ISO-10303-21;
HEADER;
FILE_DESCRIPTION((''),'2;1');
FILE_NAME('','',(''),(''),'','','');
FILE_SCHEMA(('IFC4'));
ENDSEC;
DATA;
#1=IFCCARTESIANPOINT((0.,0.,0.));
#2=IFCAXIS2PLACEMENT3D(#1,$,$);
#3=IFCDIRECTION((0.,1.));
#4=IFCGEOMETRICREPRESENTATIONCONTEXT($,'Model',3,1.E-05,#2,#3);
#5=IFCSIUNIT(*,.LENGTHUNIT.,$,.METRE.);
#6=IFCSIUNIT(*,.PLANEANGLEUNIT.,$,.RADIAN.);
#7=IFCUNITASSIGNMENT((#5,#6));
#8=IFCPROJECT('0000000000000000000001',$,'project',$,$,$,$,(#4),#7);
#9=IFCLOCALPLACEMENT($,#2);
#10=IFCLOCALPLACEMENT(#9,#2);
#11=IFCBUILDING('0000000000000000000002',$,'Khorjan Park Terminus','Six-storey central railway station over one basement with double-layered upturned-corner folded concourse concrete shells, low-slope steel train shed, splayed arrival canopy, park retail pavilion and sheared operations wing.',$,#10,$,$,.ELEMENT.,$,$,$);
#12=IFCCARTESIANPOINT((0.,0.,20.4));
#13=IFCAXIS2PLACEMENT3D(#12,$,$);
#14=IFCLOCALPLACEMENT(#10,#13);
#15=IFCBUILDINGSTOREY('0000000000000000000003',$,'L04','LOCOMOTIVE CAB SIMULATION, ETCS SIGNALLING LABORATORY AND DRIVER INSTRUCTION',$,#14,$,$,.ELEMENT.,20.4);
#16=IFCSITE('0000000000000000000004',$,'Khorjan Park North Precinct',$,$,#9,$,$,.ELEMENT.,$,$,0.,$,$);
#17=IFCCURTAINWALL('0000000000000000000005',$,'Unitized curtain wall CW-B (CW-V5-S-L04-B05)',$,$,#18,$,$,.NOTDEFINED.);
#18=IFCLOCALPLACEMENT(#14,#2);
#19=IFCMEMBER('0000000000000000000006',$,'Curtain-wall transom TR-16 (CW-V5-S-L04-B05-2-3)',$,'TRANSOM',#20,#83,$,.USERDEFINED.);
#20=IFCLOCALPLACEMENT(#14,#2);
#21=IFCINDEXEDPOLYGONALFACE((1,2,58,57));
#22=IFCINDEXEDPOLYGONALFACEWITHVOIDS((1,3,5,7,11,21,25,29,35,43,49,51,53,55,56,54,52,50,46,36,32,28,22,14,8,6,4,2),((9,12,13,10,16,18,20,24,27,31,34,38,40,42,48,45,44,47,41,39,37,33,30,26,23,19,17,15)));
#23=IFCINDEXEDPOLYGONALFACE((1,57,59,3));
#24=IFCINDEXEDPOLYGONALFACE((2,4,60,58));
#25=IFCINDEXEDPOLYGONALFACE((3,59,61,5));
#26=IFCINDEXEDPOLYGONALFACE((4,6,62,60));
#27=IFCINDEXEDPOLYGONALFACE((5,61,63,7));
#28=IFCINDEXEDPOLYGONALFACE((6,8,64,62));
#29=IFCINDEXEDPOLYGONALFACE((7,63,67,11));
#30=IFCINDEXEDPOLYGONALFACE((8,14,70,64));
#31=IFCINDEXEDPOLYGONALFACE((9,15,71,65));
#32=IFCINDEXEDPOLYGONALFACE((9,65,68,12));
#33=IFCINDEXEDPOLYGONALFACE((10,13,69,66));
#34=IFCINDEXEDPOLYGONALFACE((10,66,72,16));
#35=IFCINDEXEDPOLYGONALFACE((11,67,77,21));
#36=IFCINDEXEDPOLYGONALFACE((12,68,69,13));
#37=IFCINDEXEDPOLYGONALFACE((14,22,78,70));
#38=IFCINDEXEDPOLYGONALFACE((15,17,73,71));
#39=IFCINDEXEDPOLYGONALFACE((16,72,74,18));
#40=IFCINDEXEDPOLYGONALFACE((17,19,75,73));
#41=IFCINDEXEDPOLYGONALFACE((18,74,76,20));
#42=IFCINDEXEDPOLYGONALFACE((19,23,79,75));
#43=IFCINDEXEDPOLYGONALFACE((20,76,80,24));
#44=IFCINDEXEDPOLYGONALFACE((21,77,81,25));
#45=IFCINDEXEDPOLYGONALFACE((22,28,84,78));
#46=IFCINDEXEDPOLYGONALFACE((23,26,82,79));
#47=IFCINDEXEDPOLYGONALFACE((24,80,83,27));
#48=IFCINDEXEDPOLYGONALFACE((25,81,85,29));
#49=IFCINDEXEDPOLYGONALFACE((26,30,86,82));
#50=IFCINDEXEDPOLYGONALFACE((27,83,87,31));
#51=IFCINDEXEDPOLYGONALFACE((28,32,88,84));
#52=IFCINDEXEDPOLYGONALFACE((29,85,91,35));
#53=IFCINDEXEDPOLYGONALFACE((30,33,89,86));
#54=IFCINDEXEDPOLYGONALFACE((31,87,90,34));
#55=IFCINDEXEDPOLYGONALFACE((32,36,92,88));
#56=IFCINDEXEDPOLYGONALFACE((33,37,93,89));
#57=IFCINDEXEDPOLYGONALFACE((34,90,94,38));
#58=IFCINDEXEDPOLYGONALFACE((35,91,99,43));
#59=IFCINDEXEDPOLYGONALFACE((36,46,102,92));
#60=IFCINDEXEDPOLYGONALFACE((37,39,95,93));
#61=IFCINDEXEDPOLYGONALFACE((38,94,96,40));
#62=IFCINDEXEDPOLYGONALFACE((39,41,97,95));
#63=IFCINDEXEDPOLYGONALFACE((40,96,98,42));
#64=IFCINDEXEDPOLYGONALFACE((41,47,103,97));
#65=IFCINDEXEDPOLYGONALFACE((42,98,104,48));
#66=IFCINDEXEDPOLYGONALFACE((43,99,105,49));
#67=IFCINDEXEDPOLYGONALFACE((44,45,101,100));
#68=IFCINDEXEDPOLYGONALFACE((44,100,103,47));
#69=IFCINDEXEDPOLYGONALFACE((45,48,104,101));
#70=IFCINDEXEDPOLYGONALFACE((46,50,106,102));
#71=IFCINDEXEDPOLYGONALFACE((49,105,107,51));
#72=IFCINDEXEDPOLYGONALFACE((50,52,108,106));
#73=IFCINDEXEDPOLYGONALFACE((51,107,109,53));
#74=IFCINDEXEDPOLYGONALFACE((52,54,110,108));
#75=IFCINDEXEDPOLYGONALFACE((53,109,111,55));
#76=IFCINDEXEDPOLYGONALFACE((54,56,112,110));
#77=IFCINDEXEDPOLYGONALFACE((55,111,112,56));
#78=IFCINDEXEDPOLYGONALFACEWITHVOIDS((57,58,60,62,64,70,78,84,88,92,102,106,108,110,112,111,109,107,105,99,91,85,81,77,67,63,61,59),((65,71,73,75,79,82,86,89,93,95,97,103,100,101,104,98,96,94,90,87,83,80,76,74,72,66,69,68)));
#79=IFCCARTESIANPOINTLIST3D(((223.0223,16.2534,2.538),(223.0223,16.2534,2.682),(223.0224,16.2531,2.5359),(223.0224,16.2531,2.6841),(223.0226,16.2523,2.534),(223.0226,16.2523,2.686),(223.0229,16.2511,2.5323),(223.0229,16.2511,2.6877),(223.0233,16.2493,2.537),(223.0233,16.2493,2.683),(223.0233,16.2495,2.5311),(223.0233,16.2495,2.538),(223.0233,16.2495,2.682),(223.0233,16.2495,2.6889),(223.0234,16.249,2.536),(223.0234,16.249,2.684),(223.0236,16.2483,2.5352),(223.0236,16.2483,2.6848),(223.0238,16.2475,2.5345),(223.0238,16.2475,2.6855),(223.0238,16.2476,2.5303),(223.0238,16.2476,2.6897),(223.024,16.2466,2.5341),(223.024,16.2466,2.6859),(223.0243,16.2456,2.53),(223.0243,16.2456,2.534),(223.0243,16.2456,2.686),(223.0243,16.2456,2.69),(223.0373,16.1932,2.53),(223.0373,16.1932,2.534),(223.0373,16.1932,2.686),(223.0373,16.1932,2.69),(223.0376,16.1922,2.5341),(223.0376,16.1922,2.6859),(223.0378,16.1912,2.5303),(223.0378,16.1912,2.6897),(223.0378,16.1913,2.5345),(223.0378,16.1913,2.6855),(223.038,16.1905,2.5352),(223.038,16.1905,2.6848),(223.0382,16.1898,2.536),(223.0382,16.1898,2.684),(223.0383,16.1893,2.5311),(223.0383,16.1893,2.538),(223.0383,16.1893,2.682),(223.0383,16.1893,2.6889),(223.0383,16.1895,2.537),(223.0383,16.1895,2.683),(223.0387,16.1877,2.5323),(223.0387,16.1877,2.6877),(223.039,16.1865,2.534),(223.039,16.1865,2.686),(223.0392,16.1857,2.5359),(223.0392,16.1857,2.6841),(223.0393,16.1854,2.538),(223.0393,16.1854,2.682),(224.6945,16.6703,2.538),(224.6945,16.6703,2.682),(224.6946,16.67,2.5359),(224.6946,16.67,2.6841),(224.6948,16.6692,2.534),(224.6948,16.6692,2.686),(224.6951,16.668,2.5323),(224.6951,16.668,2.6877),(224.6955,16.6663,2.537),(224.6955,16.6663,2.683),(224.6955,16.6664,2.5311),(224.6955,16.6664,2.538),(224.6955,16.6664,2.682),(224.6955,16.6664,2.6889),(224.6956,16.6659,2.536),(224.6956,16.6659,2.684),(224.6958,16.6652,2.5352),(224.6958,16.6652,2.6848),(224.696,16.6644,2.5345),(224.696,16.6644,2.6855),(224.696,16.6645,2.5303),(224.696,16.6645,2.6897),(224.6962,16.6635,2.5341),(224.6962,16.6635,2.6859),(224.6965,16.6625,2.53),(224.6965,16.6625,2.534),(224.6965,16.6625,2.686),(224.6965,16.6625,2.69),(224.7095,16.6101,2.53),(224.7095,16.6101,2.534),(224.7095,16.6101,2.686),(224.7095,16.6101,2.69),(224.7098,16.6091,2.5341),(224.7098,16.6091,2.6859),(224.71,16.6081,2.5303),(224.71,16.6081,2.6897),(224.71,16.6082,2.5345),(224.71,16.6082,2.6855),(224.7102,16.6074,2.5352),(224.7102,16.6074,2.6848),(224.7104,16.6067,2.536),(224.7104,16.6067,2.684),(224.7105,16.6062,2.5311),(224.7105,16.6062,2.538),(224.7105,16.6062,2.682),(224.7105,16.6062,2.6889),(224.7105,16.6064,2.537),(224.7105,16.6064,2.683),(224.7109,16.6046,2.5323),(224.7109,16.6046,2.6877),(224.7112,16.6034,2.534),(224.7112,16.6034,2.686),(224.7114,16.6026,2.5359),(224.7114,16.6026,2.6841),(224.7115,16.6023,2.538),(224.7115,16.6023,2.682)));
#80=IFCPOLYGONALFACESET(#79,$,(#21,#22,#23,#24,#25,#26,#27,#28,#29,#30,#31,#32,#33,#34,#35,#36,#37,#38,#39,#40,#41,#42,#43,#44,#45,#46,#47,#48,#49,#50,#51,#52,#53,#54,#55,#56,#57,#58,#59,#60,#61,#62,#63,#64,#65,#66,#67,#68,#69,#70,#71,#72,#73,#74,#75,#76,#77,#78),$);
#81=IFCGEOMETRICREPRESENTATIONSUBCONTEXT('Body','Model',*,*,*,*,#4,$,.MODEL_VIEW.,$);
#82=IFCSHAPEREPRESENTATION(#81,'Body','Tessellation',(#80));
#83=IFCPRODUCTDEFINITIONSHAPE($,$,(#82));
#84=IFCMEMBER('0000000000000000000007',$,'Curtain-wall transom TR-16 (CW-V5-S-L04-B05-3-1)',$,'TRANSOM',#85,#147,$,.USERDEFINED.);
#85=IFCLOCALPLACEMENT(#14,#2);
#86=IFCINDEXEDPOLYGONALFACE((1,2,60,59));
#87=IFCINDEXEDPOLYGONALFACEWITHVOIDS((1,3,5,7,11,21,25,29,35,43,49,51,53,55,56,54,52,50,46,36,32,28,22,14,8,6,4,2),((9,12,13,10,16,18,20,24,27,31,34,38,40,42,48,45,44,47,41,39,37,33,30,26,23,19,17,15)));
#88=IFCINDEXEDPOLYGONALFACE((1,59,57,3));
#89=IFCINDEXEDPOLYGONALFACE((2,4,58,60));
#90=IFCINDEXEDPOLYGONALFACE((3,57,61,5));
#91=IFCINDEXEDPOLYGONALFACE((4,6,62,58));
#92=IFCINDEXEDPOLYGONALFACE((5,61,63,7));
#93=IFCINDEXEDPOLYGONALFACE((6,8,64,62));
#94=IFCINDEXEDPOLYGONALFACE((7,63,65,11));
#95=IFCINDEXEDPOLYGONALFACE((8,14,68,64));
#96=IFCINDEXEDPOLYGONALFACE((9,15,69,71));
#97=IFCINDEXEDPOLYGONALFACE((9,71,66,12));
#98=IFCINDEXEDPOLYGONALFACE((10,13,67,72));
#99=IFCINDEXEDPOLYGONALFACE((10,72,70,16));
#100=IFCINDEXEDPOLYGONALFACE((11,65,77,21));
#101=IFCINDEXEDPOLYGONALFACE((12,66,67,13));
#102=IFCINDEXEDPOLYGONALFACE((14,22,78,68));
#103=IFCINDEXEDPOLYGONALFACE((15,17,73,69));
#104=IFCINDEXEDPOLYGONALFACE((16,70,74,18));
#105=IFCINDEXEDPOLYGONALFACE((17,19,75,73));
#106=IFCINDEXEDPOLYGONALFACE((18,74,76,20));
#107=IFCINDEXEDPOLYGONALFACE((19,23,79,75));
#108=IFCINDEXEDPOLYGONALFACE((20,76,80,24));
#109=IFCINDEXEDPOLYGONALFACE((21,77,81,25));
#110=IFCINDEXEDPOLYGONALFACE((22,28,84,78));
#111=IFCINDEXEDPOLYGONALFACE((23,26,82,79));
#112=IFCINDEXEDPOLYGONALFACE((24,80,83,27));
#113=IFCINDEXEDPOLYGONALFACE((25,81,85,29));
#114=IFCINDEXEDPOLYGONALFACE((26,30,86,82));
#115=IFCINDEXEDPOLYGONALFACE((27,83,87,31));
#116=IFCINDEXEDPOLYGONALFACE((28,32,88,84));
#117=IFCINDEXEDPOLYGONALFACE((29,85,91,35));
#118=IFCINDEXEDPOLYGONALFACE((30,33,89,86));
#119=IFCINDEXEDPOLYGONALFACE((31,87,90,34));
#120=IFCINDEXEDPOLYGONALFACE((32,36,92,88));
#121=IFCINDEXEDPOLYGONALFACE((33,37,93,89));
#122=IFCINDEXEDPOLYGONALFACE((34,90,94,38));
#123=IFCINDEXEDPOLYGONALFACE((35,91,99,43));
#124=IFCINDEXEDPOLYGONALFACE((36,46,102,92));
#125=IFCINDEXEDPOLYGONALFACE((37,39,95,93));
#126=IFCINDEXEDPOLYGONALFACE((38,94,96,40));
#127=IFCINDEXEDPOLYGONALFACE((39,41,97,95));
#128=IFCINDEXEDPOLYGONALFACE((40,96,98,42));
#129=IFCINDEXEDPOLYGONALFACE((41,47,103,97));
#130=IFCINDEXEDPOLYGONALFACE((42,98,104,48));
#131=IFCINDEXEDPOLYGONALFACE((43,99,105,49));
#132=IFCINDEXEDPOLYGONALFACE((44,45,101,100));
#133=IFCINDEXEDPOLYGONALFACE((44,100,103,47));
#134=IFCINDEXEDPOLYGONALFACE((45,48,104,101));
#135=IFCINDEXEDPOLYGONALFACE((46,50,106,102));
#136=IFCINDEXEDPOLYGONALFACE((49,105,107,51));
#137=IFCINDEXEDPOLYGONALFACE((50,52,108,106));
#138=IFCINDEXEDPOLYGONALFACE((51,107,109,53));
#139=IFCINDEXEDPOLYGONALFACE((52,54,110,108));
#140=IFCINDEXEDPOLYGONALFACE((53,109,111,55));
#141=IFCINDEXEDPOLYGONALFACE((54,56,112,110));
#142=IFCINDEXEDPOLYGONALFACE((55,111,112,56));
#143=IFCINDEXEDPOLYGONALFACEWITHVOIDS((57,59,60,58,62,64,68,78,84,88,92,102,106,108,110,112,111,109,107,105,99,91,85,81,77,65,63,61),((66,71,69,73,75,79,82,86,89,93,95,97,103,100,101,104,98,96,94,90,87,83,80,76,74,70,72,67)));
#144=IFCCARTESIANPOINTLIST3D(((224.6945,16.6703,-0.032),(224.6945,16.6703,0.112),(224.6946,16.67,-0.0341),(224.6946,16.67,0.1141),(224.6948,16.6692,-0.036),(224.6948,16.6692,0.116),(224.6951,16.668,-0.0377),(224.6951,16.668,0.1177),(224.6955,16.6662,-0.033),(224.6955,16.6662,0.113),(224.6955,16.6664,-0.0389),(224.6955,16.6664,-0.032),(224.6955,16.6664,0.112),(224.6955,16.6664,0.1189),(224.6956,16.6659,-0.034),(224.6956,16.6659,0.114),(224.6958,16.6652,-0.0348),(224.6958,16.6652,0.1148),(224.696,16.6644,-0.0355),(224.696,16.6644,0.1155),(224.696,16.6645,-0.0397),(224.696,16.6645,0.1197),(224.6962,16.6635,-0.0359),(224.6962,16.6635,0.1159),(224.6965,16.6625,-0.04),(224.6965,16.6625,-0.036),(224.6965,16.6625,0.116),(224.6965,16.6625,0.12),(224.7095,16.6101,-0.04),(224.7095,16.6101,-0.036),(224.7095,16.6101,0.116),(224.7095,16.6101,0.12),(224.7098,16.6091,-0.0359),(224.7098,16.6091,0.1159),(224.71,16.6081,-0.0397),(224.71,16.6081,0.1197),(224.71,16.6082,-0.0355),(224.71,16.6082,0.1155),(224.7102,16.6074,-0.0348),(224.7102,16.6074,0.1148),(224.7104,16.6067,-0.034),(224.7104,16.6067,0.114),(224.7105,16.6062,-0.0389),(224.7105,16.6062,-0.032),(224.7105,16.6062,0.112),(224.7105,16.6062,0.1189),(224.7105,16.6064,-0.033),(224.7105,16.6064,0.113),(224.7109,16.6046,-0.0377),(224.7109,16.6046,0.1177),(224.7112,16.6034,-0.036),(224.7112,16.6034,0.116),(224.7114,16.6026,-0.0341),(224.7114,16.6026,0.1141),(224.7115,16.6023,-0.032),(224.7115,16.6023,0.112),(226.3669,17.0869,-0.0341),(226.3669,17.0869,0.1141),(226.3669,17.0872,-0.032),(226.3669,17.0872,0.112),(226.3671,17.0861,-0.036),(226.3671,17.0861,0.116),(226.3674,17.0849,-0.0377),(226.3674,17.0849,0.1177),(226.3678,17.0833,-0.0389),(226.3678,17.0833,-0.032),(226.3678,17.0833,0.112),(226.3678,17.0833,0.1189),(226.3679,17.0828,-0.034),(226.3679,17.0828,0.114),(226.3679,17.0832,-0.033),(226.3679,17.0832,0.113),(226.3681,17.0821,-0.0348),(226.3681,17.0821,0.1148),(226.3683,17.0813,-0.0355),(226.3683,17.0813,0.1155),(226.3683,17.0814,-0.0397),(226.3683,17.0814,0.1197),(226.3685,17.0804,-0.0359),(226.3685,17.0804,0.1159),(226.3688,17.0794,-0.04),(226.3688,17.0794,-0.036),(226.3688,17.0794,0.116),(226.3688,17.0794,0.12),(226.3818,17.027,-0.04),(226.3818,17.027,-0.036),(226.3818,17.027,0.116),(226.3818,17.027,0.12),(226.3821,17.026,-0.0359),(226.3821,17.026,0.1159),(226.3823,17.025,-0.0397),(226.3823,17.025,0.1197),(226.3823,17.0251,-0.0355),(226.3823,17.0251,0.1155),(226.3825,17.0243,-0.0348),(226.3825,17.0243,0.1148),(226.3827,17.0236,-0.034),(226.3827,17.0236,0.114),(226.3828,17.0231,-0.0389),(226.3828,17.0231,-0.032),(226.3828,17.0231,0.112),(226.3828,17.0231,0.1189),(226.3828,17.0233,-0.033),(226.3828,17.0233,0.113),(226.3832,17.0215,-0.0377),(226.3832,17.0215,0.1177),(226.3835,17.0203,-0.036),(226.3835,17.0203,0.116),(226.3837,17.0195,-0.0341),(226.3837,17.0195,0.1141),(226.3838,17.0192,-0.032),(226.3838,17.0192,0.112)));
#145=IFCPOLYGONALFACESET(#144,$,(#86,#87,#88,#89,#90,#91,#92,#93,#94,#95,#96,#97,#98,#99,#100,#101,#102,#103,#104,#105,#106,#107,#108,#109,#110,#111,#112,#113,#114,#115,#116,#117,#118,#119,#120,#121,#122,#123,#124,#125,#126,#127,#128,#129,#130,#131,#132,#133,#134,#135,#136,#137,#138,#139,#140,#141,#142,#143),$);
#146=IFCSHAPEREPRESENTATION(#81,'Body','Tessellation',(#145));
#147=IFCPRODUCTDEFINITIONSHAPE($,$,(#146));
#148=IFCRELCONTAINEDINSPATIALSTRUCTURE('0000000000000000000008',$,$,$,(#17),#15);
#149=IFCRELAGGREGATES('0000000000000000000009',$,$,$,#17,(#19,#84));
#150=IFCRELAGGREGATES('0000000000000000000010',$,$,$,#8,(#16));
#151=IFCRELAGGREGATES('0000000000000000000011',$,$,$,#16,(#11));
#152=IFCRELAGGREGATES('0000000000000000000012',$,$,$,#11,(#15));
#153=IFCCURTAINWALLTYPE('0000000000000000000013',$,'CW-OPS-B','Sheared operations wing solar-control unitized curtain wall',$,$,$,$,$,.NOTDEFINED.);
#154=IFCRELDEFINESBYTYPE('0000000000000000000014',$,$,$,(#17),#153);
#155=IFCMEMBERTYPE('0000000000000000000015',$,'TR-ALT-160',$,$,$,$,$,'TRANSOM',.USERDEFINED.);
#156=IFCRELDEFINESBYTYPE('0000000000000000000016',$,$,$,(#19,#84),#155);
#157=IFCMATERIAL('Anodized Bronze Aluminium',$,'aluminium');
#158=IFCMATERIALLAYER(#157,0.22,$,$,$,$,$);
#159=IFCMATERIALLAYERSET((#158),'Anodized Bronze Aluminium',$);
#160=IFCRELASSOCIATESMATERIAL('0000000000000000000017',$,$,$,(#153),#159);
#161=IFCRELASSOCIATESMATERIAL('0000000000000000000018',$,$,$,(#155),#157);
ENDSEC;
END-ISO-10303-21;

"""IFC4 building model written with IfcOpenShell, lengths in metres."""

from ifc_helpers import new_model, si_unit, direction, frame, origin, origin_2d, place, context, subcontext, project, spatial, hollow_rectangle, extrude, material, layer, layer_set, material_profile, profile_set, type_object, element, aggregate, save


model = new_model("IFC4")

# Units and contexts
model_context = context("Model", 3, precision=1e-05, world=origin(), true_north=direction((0.0, 1.0)))
body_context = subcontext(model_context, "Body", "Model", "MODEL_VIEW")
ifc_project = project(units=[si_unit("LENGTHUNIT", "METRE"), si_unit("PLANEANGLEUNIT", "RADIAN")], contexts=[model_context])

# Site, building, storey
site_placement = place(None, origin())
site = spatial("IfcSite", under=ifc_project, at=site_placement, Name="Khorjan Park North Precinct", CompositionType="ELEMENT", RefElevation=0.0)
building_placement = place(site_placement, origin())
building = spatial("IfcBuilding", under=site, at=building_placement, Name="Khorjan Park Terminus", Description="Six-storey central railway station over one basement with double-layered upturned-corner folded concourse concrete shells, low-slope steel train shed, splayed arrival canopy, park retail pavilion and sheared operations wing.", CompositionType="ELEMENT")
storey_placement = place(building_placement, frame((0.0, 0.0, 20.4)))
storey = spatial("IfcBuildingStorey", under=building, at=storey_placement, Name="L04", Description="LOCOMOTIVE CAB SIMULATION, ETCS SIGNALLING LABORATORY AND DRIVER INSTRUCTION", CompositionType="ELEMENT", Elevation=20.4)

# Curtain wall
ifc_material_1 = material(Name="Anodized Bronze Aluminium", Category="aluminium")
ifc_layer_1 = layer(ifc_material_1, 0.22)
ifc_layer_set_1 = layer_set([ifc_layer_1], Name="Anodized Bronze Aluminium")
curtain_wall_type = type_object("IfcCurtainWallType", Name="CW-OPS-B", Description="Sheared operations wing solar-control unitized curtain wall", PredefinedType="NOTDEFINED", material=ifc_layer_set_1)
curtain_wall_1_placement = place(storey_placement, origin())
curtain_wall_1 = element("IfcCurtainWall", 1, at=curtain_wall_1_placement, inside=storey, type_object=curtain_wall_type, Name="Unitized curtain wall CW-B (CW-V5-S-L04-B05)", PredefinedType="NOTDEFINED")

# Members
ifc_material_profile_1 = material_profile(ifc_material_1, hollow_rectangle(XDim=0.07, YDim=0.16, WallThickness=0.004, InnerFilletRadius=0.004, OuterFilletRadius=0.008, at=origin_2d()), Name="ALT 70x160x4")
ifc_profile_set_1 = profile_set([ifc_material_profile_1], Name="Anodized Bronze Aluminium")
member_type_1 = type_object("IfcMemberType", Name="TR-ALT-160", ElementType="TRANSOM", PredefinedType="USERDEFINED", material=ifc_profile_set_1)
member_1_placement = place(storey_placement, frame((223.0308, 16.2194, 2.61), z_axis=(0.970299, 0.241908, 0.0), x_axis=(-0.241908, 0.970299, 0.0)))
member_1 = element("IfcMember", 2, at=member_1_placement, type_object=member_type_1, Name="Curtain-wall transom TR-16 (CW-V5-S-L04-B05-2-3)", ObjectType="TRANSOM", PredefinedType="USERDEFINED", context=body_context, shape_type="SweptSolid", body=[
    extrude(hollow_rectangle(XDim=0.07, YDim=0.16, WallThickness=0.004, InnerFilletRadius=0.004, OuterFilletRadius=0.008, at=origin_2d()), origin(), (0.0, 0.0, 1.0), 1.7234),
])
member_2_placement = place(storey_placement, frame((224.703, 16.6363, 0.04), z_axis=(0.970303, 0.241894, 0.0), x_axis=(-0.241894, 0.970303, 0.0)))
member_2 = element("IfcMember", 3, at=member_2_placement, type_object=member_type_1, Name="Curtain-wall transom TR-16 (CW-V5-S-L04-B05-3-1)", ObjectType="TRANSOM", PredefinedType="USERDEFINED", context=body_context, shape_type="SweptSolid", body=[
    extrude(hollow_rectangle(XDim=0.07, YDim=0.16, WallThickness=0.004, InnerFilletRadius=0.004, OuterFilletRadius=0.008, at=origin_2d()), origin(), (0.0, 0.0, 1.0), 1.7235),
])

aggregate(curtain_wall_1, [member_1, member_2])

save(model, "model.ifc")
